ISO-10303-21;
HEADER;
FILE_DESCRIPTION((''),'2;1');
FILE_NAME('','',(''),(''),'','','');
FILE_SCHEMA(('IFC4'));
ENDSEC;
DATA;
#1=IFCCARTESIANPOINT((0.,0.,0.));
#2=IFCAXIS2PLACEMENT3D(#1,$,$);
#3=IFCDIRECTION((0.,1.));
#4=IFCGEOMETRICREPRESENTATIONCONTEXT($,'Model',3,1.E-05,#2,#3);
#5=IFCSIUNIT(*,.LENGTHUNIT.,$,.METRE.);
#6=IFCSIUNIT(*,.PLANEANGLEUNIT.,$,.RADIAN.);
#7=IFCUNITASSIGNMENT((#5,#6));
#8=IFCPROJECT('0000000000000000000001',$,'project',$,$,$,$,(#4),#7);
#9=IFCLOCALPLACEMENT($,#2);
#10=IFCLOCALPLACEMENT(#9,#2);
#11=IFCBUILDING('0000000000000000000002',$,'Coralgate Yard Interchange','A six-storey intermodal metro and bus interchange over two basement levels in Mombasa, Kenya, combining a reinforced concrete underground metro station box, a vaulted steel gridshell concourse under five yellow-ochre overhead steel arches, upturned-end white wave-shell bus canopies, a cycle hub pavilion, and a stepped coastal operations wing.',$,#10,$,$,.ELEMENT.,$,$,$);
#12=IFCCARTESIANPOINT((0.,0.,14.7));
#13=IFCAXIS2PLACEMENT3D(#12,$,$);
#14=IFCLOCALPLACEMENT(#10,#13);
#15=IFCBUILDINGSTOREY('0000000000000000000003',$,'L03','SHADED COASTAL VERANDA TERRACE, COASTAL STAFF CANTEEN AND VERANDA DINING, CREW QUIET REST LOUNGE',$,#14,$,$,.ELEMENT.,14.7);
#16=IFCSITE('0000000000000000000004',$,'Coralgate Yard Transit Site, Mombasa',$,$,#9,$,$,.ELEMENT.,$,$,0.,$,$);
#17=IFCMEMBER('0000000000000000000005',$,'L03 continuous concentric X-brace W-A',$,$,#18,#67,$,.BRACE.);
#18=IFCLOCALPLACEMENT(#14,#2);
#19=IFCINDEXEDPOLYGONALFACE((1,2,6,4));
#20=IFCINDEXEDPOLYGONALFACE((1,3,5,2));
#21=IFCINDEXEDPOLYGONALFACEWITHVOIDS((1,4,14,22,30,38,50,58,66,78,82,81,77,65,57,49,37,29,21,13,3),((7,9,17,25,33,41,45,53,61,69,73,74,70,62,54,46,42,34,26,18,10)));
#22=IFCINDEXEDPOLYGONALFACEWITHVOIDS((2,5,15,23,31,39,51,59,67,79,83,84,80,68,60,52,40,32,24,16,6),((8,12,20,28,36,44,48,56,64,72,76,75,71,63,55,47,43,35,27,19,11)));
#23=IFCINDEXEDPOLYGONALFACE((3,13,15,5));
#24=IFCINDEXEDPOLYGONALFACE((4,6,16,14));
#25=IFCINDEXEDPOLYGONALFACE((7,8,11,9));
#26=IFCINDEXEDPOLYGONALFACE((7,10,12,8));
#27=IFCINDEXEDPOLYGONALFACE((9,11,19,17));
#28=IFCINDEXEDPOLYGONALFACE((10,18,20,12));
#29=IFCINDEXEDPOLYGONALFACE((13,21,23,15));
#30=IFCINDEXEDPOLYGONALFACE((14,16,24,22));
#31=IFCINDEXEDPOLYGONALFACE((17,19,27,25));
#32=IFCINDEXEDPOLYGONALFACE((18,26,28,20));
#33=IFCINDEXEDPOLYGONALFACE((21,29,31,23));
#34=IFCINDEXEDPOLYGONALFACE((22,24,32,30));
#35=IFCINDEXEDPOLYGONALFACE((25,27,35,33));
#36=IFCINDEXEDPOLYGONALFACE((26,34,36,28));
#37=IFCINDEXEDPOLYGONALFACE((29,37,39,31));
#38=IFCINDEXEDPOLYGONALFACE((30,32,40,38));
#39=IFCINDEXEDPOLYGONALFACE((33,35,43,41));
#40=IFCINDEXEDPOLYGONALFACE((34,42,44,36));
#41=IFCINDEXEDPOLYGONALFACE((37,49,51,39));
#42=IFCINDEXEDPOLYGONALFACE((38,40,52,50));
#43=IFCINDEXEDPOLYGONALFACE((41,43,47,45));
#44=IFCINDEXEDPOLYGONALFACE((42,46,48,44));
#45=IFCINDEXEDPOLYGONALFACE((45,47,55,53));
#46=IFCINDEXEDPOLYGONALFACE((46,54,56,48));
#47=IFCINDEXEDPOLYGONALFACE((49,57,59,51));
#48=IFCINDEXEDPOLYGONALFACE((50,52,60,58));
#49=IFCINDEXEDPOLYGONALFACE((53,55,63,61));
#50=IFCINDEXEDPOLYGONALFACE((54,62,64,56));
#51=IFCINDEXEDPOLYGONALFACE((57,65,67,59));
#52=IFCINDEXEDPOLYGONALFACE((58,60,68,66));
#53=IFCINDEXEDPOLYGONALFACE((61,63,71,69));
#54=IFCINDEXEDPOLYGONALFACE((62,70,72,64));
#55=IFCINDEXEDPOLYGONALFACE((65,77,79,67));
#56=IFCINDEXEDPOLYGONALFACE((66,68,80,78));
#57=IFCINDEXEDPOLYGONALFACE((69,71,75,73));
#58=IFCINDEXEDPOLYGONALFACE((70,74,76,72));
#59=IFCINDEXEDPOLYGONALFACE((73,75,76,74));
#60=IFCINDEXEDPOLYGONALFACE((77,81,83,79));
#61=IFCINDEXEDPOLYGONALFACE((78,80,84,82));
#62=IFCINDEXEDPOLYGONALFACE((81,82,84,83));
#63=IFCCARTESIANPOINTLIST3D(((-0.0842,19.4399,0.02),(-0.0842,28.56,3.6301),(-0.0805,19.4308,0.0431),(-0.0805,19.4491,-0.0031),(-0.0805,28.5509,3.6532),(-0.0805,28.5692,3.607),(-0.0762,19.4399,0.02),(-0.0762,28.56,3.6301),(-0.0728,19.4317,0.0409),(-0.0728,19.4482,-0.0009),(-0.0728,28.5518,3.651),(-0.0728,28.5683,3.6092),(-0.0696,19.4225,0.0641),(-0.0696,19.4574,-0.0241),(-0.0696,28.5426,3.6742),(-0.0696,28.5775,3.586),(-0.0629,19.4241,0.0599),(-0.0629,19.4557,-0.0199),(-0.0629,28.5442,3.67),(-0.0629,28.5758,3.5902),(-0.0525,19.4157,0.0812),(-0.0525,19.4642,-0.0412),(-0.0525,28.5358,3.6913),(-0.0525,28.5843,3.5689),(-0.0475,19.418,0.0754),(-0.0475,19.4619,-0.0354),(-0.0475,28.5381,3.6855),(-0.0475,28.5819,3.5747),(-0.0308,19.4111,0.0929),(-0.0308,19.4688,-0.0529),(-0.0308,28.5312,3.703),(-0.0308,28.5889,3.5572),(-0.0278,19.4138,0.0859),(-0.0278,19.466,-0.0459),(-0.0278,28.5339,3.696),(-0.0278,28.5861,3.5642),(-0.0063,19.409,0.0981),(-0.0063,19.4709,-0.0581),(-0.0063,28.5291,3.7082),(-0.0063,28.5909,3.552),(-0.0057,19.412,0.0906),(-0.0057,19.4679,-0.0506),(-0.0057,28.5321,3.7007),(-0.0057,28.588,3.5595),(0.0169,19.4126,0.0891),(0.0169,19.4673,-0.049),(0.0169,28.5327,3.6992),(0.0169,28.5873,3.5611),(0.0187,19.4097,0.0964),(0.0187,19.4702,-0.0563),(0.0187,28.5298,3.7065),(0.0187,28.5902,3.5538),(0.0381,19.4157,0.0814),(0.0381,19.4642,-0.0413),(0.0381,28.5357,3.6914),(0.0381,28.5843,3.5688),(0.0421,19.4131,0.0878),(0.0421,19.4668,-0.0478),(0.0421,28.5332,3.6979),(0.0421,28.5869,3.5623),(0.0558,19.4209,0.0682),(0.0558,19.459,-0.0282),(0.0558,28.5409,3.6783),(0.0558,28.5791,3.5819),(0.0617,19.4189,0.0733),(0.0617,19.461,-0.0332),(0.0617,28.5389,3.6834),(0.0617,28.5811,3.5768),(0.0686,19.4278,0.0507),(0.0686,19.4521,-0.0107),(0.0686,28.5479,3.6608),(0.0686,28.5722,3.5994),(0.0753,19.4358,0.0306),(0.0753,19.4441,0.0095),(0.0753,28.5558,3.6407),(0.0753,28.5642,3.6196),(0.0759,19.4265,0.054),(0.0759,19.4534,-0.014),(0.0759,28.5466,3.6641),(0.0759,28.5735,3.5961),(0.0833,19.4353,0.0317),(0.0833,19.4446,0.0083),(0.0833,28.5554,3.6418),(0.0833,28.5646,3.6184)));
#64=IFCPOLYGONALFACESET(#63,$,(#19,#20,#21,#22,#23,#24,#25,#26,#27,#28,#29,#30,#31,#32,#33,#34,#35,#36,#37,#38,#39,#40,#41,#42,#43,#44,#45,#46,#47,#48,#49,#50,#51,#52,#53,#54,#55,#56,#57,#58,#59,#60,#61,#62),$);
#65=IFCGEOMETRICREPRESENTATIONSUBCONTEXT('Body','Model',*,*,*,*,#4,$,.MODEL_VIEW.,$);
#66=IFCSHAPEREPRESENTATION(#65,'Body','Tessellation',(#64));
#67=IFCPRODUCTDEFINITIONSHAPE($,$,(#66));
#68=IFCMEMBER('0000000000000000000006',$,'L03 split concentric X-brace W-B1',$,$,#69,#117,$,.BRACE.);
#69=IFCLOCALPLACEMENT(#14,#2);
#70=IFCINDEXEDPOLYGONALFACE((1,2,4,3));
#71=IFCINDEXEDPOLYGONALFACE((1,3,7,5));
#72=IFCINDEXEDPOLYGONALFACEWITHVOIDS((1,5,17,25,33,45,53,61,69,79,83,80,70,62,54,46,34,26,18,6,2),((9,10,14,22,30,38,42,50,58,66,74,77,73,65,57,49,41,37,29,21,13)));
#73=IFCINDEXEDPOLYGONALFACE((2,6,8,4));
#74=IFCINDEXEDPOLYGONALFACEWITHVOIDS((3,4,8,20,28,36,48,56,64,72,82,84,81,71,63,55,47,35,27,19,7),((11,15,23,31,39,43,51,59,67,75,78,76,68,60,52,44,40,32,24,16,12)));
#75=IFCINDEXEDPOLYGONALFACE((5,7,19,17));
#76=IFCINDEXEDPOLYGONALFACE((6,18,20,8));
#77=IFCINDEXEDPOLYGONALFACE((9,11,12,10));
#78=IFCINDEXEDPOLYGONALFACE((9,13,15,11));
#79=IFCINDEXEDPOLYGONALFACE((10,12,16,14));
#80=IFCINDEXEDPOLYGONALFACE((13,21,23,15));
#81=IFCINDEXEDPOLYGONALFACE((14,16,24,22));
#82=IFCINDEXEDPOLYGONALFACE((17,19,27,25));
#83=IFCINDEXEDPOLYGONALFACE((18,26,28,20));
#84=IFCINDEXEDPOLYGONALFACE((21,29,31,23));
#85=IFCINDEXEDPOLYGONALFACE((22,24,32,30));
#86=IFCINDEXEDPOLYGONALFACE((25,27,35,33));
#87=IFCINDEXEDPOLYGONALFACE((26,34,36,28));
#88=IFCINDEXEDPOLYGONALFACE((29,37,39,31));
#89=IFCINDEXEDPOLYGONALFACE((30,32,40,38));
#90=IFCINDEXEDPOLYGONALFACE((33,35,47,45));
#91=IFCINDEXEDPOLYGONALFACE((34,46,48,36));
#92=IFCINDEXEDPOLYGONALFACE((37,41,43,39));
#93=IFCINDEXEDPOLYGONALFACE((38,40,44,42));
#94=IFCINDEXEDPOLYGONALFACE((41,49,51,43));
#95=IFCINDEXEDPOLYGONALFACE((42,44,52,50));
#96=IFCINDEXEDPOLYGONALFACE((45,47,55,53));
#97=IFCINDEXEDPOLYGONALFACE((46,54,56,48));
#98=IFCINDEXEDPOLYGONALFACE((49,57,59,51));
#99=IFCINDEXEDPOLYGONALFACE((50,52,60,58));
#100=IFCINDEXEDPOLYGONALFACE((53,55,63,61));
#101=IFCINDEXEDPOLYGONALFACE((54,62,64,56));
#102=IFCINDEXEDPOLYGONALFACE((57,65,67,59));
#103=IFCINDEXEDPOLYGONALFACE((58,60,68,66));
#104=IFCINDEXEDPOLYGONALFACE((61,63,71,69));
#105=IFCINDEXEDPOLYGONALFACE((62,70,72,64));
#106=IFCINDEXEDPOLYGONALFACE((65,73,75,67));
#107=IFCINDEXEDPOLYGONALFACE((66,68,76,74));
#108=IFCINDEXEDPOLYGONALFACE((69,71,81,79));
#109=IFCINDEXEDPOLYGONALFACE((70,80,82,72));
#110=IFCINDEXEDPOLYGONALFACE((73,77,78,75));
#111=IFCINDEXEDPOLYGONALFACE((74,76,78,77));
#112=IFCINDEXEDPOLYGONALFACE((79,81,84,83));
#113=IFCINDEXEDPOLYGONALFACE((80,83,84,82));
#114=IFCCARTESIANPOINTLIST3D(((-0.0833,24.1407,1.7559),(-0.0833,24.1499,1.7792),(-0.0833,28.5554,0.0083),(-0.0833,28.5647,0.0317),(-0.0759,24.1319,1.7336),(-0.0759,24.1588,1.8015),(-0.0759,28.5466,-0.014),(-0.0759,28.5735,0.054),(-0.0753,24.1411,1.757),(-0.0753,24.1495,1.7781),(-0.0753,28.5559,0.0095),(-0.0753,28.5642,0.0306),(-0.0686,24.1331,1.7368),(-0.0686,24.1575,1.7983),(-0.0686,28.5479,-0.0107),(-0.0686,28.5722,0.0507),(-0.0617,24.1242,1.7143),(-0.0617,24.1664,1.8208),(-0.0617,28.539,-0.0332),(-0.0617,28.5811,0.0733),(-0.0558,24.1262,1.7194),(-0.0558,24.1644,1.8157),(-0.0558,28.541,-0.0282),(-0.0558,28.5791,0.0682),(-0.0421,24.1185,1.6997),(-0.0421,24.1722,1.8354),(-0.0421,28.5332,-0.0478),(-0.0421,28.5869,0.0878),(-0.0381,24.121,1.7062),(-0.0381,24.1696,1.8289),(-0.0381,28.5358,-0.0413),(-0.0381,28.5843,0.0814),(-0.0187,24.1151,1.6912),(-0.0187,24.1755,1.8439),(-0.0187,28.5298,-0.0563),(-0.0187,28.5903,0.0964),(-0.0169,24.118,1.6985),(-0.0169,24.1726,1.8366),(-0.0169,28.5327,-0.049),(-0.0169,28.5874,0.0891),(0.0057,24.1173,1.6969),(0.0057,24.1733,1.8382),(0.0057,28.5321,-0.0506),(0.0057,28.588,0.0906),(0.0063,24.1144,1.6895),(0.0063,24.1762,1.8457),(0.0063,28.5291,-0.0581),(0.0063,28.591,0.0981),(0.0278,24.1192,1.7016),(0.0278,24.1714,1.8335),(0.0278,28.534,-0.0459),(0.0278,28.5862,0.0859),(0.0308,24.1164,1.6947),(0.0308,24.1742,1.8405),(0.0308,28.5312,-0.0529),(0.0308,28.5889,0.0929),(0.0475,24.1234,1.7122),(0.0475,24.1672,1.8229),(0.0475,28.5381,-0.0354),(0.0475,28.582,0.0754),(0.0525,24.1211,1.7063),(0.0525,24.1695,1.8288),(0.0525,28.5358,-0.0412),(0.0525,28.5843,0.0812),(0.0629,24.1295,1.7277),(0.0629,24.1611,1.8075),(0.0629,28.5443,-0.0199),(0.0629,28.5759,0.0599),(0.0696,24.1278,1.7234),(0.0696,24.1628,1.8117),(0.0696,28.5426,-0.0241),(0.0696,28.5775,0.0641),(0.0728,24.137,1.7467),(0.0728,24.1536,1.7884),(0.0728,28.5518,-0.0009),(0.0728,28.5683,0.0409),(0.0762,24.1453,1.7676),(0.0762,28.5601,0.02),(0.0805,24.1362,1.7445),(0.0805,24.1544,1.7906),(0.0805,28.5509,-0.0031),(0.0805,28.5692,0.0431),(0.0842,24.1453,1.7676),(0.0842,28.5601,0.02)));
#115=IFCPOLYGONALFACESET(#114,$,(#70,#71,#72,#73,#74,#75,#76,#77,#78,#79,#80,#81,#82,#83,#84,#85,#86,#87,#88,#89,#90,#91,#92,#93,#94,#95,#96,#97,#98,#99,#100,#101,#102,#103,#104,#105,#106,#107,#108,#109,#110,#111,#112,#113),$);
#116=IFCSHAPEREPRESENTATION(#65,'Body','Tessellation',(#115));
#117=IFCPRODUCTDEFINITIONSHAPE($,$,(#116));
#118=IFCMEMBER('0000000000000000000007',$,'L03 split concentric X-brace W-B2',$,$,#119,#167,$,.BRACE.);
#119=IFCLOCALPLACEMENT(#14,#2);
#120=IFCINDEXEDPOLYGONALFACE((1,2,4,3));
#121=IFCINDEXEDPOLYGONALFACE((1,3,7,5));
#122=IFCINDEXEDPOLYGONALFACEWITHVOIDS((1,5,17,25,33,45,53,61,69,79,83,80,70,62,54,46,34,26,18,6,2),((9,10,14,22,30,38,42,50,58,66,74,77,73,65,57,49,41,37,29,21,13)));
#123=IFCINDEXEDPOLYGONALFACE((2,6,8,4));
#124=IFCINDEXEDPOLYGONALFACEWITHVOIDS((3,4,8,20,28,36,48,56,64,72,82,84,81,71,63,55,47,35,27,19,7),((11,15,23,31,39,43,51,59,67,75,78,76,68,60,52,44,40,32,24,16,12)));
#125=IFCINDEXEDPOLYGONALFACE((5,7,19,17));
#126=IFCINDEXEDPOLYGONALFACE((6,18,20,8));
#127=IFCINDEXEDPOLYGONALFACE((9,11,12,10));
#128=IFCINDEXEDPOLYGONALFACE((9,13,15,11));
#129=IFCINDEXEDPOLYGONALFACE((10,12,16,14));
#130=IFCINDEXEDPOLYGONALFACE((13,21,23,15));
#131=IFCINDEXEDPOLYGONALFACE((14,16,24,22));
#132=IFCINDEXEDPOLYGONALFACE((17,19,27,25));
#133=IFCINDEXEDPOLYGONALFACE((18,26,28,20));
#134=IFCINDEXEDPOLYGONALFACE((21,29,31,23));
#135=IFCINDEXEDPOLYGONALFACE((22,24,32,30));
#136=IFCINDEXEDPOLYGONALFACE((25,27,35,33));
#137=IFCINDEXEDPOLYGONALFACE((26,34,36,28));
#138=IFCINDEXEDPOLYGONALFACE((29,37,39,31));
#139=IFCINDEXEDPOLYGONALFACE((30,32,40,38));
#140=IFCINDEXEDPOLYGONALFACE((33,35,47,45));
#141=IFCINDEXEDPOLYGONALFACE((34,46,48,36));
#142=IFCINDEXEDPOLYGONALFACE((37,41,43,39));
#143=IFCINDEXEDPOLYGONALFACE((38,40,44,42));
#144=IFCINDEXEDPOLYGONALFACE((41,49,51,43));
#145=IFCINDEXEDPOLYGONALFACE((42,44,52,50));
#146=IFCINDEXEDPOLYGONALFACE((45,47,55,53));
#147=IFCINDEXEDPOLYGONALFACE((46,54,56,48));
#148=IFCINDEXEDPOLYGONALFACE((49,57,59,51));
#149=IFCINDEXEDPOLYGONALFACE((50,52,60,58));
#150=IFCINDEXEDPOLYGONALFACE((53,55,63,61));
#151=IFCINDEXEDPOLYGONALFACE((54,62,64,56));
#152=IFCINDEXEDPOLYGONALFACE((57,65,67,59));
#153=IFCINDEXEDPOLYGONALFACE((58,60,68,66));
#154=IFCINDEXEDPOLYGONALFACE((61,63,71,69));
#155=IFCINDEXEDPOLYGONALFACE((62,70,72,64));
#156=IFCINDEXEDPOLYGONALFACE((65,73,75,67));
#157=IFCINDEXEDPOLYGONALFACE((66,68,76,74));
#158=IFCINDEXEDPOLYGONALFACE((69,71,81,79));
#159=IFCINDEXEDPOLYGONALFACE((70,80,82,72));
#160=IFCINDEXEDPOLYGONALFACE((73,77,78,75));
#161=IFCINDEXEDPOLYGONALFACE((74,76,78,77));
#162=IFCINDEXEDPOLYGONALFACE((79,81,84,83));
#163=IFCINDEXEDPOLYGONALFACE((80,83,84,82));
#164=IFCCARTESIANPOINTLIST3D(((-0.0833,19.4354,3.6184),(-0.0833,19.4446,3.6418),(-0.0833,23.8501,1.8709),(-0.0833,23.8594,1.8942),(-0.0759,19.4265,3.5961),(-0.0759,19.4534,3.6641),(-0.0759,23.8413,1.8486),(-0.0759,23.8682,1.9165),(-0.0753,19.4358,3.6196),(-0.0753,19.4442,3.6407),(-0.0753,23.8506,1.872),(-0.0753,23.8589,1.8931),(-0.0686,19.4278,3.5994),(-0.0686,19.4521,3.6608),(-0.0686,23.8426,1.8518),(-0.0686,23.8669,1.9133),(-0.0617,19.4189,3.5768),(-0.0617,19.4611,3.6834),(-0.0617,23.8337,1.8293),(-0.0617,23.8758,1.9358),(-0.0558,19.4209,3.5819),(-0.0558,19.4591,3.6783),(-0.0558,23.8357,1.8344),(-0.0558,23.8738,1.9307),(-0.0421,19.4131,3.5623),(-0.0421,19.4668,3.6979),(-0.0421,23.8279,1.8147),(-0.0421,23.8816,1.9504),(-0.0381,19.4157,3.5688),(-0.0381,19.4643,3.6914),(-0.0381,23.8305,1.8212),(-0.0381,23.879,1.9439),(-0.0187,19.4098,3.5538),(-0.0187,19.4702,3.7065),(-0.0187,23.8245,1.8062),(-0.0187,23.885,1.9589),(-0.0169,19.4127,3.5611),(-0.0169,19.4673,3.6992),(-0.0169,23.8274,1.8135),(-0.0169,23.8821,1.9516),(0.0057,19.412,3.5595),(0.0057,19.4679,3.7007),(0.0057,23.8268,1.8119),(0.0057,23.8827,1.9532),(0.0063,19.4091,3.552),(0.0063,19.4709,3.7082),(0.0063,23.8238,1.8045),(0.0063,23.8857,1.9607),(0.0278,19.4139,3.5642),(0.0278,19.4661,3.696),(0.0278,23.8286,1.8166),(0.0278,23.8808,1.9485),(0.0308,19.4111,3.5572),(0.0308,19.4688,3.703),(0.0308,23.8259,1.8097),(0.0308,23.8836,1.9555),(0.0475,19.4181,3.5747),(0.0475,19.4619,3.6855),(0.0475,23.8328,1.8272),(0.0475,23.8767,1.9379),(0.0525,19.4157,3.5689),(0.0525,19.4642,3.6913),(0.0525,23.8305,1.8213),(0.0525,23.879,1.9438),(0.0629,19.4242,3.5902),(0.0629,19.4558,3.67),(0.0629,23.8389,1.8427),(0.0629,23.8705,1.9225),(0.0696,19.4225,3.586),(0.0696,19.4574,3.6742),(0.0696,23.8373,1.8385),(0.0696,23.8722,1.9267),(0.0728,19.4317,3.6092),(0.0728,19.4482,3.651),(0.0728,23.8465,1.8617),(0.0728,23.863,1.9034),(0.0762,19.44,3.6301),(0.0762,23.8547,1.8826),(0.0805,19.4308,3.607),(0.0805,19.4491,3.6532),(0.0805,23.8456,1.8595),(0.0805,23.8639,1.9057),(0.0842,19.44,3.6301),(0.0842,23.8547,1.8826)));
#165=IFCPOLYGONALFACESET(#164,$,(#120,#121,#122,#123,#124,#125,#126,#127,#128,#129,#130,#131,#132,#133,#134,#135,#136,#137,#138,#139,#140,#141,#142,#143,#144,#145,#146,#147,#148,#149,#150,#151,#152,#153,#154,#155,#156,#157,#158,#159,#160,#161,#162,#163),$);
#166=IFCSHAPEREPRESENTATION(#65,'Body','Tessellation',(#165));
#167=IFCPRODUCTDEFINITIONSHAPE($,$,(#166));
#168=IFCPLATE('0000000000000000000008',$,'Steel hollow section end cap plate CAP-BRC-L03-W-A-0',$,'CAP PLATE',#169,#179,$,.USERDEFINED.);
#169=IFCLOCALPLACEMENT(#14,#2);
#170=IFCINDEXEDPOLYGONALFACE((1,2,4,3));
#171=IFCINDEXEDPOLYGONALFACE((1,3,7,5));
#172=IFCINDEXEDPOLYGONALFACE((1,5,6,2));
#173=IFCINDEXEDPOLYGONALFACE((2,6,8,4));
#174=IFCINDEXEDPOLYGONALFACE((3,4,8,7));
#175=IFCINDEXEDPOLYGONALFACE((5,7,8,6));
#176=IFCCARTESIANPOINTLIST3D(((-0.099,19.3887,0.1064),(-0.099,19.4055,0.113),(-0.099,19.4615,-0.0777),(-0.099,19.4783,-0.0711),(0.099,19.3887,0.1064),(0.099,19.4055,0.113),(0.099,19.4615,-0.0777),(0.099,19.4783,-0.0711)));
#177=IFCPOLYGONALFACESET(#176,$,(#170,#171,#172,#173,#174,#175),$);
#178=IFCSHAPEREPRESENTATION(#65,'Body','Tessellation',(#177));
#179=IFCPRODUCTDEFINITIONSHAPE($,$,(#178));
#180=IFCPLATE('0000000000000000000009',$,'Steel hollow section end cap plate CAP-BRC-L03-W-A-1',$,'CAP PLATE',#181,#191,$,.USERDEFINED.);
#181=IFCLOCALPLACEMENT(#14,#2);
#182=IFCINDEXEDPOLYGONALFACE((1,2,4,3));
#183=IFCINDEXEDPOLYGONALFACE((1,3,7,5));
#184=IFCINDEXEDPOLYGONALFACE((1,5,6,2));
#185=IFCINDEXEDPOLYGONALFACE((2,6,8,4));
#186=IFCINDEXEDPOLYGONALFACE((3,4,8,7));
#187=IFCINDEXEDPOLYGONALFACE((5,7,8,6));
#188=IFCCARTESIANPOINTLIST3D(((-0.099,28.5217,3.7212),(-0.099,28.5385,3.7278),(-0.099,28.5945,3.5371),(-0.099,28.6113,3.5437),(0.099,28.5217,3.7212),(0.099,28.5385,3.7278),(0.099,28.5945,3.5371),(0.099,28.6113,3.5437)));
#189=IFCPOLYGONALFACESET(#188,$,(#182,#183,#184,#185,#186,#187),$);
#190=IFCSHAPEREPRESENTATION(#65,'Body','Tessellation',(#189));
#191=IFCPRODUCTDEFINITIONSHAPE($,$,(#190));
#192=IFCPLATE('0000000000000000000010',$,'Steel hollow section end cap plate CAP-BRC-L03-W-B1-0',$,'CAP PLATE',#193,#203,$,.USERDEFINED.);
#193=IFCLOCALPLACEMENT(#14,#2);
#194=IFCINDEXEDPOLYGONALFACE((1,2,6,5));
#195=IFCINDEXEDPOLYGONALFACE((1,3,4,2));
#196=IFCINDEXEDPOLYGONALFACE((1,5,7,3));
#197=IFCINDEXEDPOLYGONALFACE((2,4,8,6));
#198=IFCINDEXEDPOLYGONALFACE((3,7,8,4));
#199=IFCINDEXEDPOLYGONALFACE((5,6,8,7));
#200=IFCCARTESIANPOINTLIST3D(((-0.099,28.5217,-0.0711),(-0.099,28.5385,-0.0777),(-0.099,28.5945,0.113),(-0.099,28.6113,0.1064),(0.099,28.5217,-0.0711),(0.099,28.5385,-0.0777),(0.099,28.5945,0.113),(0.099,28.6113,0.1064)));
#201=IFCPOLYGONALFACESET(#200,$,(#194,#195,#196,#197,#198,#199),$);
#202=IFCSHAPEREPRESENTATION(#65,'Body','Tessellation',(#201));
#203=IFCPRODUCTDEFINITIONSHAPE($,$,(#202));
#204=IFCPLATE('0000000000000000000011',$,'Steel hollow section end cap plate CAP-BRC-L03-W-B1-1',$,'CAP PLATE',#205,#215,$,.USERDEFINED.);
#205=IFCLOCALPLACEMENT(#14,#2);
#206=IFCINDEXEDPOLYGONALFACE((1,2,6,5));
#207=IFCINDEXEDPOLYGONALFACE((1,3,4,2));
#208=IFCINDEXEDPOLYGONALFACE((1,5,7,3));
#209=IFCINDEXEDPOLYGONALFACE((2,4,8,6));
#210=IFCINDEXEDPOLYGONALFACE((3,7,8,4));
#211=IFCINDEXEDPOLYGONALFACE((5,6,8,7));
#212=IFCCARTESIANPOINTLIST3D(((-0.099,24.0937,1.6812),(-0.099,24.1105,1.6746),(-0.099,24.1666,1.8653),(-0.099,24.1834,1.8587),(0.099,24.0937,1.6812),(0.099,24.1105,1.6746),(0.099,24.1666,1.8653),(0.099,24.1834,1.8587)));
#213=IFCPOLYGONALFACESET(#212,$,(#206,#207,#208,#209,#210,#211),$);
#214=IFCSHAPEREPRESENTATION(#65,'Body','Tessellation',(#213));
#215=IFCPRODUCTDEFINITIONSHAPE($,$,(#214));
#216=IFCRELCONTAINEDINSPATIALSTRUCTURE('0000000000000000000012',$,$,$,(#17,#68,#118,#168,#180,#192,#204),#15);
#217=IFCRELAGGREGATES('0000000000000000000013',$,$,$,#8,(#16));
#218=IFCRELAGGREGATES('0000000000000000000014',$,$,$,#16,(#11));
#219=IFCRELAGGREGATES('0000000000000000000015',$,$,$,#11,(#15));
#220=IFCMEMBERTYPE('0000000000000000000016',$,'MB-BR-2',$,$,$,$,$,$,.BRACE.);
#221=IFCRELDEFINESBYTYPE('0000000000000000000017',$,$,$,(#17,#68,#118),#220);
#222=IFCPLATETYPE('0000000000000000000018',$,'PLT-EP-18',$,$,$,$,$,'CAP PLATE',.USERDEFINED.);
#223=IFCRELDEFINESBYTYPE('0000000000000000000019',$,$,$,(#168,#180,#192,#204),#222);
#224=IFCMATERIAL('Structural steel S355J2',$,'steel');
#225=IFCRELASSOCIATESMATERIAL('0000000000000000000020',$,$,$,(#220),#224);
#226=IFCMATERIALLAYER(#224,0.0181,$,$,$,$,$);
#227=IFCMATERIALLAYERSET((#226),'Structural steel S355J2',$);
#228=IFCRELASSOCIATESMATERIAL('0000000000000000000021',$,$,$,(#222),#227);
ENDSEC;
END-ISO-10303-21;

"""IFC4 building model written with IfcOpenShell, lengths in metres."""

from ifc_helpers import new_model, si_unit, direction, frame, origin, origin_2d, place, context, subcontext, project, spatial, rectangle, hollow_circle, extrude, material, layer, layer_set, material_profile, profile_set, type_object, element, save


model = new_model("IFC4")

# Units and contexts
model_context = context("Model", 3, precision=1e-05, world=origin(), true_north=direction((0.0, 1.0)))
body_context = subcontext(model_context, "Body", "Model", "MODEL_VIEW")
ifc_project = project(units=[si_unit("LENGTHUNIT", "METRE"), si_unit("PLANEANGLEUNIT", "RADIAN")], contexts=[model_context])

# Site, building, storey
site_placement = place(None, origin())
site = spatial("IfcSite", under=ifc_project, at=site_placement, Name="Coralgate Yard Transit Site, Mombasa", CompositionType="ELEMENT", RefElevation=0.0)
building_placement = place(site_placement, origin())
building = spatial("IfcBuilding", under=site, at=building_placement, Name="Coralgate Yard Interchange", Description="A six-storey intermodal metro and bus interchange over two basement levels in Mombasa, Kenya, combining a reinforced concrete underground metro station box, a vaulted steel gridshell concourse under five yellow-ochre overhead steel arches, upturned-end white wave-shell bus canopies, a cycle hub pavilion, and a stepped coastal operations wing.", CompositionType="ELEMENT")
storey_placement = place(building_placement, frame((0.0, 0.0, 14.7)))
storey = spatial("IfcBuildingStorey", under=building, at=storey_placement, Name="L03", Description="SHADED COASTAL VERANDA TERRACE, COASTAL STAFF CANTEEN AND VERANDA DINING, CREW QUIET REST LOUNGE", CompositionType="ELEMENT", Elevation=14.7)

# Shared definitions
ifc_material_1 = material(Name="Structural steel S355J2", Category="steel")

# Members
ifc_material_profile_1 = material_profile(ifc_material_1, hollow_circle(Radius=0.0842, WallThickness=0.0081, at=origin_2d()), Name="CHS 168.3x8")
ifc_profile_set_1 = profile_set([ifc_material_profile_1], Name="Structural steel S355J2")
member_type = type_object("IfcMemberType", Name="MB-BR-2", PredefinedType="BRACE", material=ifc_profile_set_1)
member_placement = place(storey_placement, frame((0.0, 19.4399, 0.02), z_axis=(0.0, 0.929804, 0.368054), x_axis=(-1.0, 0.0, 0.0)))
element("IfcMember", 1, at=member_placement, inside=storey, type_object=member_type, Name="L03 continuous concentric X-brace W-A", PredefinedType="BRACE", context=body_context, shape_type="SweptSolid", body=[
    extrude(hollow_circle(Radius=0.0842, WallThickness=0.0081, at=origin_2d()), origin(), (0.0, 0.0, 1.0), 9.8086),
])
for number, where, z_axis, x_axis, name in (
    (2, (0.0, 28.5601, 0.02), (0.0, -0.929804, 0.368055), (1.0, 0.0, 0.0), "L03 split concentric X-brace W-B1"),
    (3, (0.0, 23.8547, 1.8826), (0.0, -0.929804, 0.368055), (1.0, 0.0, 0.0), "L03 split concentric X-brace W-B2"),
):
    element("IfcMember", number, at=place(storey_placement, frame(where, z_axis=z_axis, x_axis=x_axis)), inside=storey, type_object=member_type, Name=name, PredefinedType="BRACE", context=body_context, shape_type="SweptSolid", body=[
        extrude(hollow_circle(Radius=0.0842, WallThickness=0.0081, at=origin_2d()), origin(), (0.0, 0.0, 1.0), 4.748),
    ])

# Plates
ifc_layer_1 = layer(ifc_material_1, 0.0181)
ifc_layer_set_1 = layer_set([ifc_layer_1], Name="Structural steel S355J2")
plate_type_1 = type_object("IfcPlateType", Name="PLT-EP-18", ElementType="CAP PLATE", PredefinedType="USERDEFINED", material=ifc_layer_set_1)
for number, where, z_axis, x_axis, name in (
    (4, (0.0, 19.4419, 0.021), (0.0, -0.929807, -0.368048), (1.0, 0.0, 0.0), "Steel hollow section end cap plate CAP-BRC-L03-W-A-0"),
    (5, (0.0, 28.5581, 3.6292), (0.0, 0.929807, 0.368048), (-1.0, 0.0, 0.0), "Steel hollow section end cap plate CAP-BRC-L03-W-A-1"),
    (6, (0.0, 28.5581, 0.021), (0.0, 0.929807, -0.368048), (-1.0, 0.0, 0.0), "Steel hollow section end cap plate CAP-BRC-L03-W-B1-0"),
    (7, (0.0, 24.147, 1.7666), (0.0, -0.929807, 0.368048), (1.0, 0.0, 0.0), "Steel hollow section end cap plate CAP-BRC-L03-W-B1-1"),
):
    element("IfcPlate", number, at=place(storey_placement, frame(where, z_axis=z_axis, x_axis=x_axis)), inside=storey, type_object=plate_type_1, Name=name, ObjectType="CAP PLATE", PredefinedType="USERDEFINED", context=body_context, shape_type="SweptSolid", body=[
        extrude(rectangle(XDim=0.198, YDim=0.198, at=origin_2d()), origin(), (0.0, 0.0, 1.0), 0.0181),
    ])

save(model, "model.ifc")
